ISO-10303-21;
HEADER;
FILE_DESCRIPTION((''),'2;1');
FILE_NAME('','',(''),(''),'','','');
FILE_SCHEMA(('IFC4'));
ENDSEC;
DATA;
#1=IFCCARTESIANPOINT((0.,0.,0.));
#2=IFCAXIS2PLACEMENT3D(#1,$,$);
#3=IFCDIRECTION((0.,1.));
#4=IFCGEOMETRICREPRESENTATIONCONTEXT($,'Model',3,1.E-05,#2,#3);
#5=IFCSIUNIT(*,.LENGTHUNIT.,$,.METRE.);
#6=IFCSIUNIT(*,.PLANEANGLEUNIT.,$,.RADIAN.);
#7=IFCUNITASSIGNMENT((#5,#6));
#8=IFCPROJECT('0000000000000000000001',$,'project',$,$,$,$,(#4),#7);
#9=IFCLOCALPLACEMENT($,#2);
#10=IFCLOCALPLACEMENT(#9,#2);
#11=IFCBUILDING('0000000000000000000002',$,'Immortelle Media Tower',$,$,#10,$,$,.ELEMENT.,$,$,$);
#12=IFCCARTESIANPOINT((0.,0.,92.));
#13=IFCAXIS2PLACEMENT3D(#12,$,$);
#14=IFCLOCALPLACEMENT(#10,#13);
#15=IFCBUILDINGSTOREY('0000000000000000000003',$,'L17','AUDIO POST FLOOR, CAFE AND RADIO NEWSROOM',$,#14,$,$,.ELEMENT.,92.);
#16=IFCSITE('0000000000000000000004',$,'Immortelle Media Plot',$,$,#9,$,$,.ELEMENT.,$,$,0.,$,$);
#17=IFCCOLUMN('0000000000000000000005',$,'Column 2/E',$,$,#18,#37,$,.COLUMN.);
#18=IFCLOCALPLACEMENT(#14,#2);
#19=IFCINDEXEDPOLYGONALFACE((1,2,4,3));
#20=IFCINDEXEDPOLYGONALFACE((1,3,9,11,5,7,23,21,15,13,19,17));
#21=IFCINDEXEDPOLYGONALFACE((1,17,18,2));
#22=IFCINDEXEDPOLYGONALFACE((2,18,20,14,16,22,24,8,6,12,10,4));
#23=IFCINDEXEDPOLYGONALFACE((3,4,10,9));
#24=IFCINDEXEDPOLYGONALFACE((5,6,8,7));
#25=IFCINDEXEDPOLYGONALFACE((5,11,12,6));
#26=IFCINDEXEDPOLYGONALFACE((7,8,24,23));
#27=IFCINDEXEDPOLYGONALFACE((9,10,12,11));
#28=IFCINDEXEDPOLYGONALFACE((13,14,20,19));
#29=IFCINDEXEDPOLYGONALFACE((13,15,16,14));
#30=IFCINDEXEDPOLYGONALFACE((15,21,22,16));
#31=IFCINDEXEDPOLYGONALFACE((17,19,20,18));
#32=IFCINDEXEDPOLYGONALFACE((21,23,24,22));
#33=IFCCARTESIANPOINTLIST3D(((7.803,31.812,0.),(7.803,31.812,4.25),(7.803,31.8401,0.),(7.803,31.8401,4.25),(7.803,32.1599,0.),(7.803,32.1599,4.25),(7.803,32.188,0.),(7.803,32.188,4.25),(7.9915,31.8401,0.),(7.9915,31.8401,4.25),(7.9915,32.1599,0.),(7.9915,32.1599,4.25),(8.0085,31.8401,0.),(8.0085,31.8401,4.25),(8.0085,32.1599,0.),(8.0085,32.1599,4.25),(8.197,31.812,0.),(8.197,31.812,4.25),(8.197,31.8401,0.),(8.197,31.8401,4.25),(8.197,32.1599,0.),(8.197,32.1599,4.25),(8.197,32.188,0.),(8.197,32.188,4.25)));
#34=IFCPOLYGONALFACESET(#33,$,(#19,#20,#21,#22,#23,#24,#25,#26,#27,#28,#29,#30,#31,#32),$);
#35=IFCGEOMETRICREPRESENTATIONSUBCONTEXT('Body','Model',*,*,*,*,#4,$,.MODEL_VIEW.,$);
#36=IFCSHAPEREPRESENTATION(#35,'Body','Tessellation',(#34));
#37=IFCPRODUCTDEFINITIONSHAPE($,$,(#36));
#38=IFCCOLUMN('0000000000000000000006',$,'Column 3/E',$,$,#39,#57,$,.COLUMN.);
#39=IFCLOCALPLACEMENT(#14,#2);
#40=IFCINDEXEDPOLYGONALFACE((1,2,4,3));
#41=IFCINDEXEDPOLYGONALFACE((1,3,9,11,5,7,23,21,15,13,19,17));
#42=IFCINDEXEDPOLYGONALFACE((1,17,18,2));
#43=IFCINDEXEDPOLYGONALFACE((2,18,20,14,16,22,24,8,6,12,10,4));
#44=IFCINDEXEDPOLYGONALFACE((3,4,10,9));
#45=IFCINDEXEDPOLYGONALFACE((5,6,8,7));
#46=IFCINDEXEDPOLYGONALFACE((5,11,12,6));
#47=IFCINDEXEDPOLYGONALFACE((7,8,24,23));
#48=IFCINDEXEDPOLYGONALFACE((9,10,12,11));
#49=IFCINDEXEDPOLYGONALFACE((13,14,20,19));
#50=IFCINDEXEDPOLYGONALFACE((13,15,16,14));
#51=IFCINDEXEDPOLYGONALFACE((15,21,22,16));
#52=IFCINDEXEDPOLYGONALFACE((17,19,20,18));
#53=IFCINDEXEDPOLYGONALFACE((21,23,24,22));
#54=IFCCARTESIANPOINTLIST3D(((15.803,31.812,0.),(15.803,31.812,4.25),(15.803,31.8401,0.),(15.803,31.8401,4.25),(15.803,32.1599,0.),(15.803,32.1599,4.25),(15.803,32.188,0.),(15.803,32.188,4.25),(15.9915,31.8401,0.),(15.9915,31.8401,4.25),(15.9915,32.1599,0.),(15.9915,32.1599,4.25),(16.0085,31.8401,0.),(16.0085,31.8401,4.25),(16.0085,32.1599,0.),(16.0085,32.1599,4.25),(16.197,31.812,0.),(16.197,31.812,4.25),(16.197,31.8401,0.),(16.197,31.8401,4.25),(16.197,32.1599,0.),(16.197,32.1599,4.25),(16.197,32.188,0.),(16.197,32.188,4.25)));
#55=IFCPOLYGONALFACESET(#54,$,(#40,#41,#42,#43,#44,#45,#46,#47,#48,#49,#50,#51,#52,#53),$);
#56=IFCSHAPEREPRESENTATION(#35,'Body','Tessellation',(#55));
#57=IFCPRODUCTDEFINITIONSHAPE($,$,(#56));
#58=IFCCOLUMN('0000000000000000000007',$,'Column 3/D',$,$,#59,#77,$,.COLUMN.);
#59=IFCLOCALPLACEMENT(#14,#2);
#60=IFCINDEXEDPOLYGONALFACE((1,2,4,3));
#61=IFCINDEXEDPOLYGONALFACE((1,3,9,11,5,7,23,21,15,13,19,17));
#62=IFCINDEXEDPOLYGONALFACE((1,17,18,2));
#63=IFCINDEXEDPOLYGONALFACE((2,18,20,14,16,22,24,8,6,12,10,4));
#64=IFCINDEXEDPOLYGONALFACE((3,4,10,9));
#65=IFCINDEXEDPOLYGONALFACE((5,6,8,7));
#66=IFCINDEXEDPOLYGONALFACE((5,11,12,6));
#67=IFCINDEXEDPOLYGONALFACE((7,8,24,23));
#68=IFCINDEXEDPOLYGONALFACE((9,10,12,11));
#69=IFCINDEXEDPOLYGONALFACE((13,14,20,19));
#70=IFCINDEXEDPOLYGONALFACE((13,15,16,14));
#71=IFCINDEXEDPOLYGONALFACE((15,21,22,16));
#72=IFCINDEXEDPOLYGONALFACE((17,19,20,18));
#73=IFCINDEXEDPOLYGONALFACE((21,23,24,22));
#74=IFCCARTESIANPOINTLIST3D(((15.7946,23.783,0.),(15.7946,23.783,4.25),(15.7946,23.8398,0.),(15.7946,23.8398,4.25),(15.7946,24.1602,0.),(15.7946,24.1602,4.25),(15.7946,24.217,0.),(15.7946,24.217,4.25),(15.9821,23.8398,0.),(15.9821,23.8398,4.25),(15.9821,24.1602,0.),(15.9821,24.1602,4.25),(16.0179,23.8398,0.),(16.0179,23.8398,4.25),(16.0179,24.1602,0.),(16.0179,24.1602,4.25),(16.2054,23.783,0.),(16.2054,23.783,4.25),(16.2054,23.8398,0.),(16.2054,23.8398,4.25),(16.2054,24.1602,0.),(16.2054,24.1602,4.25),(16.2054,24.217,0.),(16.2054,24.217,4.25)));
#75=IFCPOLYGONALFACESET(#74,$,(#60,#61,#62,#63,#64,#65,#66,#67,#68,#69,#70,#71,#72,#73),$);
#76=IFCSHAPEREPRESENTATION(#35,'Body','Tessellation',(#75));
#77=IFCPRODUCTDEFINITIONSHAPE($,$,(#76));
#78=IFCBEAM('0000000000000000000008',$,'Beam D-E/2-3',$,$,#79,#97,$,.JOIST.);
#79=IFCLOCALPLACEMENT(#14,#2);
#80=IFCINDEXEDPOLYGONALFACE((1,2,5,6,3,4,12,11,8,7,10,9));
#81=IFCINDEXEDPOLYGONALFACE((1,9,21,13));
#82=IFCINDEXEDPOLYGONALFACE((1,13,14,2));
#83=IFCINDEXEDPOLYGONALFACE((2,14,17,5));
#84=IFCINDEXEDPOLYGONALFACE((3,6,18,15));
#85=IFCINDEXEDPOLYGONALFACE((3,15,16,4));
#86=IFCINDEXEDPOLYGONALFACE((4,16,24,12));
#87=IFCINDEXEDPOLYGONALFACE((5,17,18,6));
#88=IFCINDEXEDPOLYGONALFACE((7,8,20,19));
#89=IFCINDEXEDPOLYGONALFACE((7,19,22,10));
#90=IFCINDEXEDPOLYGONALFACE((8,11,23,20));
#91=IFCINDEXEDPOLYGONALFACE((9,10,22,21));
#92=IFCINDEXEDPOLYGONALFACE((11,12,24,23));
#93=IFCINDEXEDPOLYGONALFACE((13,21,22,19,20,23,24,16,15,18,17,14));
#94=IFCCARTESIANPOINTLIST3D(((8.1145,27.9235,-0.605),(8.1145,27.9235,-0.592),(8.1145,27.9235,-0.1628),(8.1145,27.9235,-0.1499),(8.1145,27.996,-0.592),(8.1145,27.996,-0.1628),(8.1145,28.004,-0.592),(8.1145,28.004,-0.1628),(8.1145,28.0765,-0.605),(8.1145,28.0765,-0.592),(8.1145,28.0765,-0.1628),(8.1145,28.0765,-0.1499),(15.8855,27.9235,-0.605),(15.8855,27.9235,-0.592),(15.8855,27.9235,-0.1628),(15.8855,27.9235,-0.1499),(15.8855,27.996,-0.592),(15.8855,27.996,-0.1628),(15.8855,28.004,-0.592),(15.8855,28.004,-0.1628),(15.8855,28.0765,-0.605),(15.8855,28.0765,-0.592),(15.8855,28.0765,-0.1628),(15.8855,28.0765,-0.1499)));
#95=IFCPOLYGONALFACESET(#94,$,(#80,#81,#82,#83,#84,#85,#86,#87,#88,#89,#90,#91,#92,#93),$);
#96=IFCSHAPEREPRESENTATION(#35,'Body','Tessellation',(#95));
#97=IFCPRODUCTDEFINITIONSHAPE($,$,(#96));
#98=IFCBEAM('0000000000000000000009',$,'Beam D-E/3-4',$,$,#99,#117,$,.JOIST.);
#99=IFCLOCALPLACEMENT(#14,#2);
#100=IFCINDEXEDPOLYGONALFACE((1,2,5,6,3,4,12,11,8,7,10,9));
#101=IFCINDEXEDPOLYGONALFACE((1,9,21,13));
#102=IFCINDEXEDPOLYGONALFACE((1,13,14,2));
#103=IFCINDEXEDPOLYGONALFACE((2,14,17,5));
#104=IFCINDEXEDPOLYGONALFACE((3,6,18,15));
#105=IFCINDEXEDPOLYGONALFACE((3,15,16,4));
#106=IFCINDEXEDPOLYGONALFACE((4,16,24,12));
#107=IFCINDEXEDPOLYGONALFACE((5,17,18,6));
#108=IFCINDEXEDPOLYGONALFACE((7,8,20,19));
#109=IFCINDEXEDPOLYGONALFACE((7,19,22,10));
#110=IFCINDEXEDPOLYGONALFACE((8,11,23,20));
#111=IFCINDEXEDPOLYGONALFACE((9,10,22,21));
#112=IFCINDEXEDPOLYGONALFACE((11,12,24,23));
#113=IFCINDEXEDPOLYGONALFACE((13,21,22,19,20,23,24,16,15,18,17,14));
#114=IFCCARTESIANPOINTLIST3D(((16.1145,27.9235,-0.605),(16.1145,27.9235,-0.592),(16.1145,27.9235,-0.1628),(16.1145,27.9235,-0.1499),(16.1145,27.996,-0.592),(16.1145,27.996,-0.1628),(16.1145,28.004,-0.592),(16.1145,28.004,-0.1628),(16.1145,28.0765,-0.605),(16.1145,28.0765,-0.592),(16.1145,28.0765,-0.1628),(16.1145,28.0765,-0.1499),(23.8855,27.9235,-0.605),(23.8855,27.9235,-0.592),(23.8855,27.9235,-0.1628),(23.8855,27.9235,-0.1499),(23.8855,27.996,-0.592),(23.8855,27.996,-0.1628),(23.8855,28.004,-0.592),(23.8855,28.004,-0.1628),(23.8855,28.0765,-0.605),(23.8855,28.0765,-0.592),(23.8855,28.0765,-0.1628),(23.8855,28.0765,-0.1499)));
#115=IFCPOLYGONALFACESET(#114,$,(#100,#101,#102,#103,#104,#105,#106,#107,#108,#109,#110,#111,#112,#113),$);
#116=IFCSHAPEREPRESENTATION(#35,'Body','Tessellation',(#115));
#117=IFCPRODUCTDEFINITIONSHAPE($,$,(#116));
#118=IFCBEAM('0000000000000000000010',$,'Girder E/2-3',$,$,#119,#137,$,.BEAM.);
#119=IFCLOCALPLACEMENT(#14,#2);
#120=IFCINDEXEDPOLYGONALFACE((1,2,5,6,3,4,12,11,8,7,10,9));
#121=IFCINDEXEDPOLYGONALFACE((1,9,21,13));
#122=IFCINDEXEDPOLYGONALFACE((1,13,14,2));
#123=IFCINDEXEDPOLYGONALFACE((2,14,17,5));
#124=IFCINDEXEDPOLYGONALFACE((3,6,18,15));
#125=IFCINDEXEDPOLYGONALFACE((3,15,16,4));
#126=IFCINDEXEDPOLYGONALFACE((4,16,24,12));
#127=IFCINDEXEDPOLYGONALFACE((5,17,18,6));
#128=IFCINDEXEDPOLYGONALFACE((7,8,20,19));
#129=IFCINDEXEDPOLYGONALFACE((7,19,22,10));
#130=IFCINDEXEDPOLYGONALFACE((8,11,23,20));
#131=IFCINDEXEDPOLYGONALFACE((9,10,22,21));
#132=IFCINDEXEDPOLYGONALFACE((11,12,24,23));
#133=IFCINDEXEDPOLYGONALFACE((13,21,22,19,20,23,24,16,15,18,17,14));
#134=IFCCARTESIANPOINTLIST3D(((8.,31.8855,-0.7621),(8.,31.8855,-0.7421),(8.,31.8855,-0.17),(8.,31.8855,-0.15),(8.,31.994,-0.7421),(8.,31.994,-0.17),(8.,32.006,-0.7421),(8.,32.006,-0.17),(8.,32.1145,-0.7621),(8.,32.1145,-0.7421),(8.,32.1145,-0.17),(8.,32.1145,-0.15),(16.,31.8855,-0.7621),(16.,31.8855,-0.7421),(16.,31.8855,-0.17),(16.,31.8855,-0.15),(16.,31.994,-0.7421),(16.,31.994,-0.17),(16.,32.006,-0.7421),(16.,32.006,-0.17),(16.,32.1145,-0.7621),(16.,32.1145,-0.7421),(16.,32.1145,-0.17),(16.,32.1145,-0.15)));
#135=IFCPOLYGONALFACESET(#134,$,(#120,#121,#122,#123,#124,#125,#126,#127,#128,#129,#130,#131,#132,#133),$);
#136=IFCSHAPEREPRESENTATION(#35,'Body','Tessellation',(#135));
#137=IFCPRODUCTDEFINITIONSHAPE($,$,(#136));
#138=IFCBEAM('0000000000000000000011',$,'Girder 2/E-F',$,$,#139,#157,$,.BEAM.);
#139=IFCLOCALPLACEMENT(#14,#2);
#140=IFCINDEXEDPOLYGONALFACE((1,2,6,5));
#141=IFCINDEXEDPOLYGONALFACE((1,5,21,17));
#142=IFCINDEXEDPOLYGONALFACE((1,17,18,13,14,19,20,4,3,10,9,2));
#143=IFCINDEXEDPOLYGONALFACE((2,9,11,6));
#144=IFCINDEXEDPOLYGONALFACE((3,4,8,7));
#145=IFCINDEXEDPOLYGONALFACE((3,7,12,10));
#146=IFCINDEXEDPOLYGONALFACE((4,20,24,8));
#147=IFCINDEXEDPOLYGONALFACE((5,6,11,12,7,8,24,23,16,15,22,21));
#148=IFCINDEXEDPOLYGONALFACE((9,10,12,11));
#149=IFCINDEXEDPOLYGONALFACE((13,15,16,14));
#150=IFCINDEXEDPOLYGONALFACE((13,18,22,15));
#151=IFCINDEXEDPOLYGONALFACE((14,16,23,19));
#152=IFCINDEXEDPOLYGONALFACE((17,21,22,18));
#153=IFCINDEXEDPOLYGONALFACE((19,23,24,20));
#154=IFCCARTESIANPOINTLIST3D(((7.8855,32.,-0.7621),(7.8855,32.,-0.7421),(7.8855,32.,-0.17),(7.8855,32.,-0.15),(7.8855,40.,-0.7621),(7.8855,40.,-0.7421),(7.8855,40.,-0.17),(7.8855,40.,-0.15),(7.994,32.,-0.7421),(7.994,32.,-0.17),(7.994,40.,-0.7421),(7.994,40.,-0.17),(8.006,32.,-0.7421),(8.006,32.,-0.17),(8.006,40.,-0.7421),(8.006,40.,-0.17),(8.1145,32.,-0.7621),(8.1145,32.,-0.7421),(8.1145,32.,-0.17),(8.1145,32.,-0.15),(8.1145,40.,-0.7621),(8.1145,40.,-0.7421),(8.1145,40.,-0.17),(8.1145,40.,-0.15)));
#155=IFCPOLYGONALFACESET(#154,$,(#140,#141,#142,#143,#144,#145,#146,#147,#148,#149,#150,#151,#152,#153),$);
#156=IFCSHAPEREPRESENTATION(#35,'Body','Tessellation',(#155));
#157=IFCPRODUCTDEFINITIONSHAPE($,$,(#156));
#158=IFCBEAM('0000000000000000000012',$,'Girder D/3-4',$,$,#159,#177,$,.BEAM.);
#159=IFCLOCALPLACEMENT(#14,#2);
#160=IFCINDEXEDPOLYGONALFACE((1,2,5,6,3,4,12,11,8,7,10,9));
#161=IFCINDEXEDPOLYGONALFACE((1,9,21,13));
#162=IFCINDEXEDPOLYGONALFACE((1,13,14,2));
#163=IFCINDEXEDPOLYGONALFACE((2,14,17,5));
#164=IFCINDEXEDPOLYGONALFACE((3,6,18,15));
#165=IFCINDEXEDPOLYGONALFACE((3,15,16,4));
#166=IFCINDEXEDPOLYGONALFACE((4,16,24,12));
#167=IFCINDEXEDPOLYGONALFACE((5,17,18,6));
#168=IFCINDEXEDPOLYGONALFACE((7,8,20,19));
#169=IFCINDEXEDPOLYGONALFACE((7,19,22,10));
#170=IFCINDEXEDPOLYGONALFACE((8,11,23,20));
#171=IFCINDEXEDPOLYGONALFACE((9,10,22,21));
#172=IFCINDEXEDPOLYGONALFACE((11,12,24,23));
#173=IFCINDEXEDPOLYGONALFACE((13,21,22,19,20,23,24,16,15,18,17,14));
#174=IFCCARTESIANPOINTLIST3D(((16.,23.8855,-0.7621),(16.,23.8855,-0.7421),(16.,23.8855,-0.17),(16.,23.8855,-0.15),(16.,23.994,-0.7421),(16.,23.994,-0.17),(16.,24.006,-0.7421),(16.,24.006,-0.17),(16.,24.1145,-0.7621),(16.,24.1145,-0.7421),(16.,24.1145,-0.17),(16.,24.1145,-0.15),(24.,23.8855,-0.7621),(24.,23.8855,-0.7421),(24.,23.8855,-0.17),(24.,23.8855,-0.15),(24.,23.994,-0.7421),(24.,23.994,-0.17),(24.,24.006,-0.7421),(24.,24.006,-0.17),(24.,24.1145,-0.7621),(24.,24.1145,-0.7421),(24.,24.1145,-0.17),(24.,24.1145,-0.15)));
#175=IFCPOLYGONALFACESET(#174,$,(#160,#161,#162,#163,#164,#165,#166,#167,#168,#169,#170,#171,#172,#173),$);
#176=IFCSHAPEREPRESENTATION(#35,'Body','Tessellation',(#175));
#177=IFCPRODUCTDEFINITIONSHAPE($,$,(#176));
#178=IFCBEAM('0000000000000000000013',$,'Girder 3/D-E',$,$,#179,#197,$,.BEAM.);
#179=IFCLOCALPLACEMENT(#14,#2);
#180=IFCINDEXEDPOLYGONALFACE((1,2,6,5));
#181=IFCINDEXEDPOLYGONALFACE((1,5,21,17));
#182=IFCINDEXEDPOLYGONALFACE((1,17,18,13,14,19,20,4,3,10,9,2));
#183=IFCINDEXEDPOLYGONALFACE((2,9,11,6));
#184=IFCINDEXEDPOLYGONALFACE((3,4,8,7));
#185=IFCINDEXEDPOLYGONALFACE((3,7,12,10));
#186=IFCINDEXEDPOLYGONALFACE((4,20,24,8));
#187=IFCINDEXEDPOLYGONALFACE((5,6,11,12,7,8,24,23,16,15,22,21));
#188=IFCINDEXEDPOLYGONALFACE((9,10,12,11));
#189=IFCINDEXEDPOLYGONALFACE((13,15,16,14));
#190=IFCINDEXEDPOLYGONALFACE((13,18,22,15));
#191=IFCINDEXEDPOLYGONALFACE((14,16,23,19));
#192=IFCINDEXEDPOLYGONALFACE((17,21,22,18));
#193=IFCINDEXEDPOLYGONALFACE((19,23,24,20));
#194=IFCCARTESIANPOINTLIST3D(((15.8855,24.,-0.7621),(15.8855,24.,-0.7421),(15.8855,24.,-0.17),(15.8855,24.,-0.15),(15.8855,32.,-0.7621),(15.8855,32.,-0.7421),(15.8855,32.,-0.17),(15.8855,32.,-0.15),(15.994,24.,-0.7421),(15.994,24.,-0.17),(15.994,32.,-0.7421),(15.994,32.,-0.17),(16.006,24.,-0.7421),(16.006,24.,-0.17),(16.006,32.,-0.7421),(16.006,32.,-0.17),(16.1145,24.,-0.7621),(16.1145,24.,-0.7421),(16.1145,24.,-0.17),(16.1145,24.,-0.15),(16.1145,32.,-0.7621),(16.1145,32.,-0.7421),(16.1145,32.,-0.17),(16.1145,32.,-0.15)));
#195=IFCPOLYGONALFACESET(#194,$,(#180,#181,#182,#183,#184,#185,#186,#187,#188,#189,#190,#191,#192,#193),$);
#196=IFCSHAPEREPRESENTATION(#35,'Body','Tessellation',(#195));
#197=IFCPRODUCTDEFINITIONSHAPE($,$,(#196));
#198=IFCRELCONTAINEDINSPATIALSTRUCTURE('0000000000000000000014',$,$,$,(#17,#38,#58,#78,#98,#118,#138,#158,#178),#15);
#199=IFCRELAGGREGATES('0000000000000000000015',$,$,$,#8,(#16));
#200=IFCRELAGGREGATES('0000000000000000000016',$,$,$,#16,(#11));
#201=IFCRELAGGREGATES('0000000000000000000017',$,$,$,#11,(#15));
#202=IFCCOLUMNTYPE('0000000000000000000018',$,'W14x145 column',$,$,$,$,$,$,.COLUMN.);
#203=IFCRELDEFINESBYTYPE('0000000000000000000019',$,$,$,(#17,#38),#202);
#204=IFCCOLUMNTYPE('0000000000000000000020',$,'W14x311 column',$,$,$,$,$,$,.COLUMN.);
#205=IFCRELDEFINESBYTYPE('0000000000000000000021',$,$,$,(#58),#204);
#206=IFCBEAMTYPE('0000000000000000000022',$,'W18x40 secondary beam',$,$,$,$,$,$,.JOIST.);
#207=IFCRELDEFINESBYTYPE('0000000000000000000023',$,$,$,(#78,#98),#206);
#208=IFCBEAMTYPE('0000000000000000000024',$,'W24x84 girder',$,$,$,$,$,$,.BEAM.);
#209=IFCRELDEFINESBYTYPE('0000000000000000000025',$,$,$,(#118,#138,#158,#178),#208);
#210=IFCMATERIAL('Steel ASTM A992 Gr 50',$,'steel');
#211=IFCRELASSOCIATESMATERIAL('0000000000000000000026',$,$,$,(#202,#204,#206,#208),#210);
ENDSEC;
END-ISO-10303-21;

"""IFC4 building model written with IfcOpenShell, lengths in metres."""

from ifc_helpers import new_model, si_unit, direction, frame, origin, origin_2d, place, context, subcontext, project, spatial, i_section, extrude, material, material_profile, profile_set, type_object, element, save


model = new_model("IFC4")

# Units and contexts
model_context = context("Model", 3, precision=1e-05, world=origin(), true_north=direction((0.0, 1.0)))
body_context = subcontext(model_context, "Body", "Model", "MODEL_VIEW")
ifc_project = project(units=[si_unit("LENGTHUNIT", "METRE"), si_unit("PLANEANGLEUNIT", "RADIAN")], contexts=[model_context])

# Site, building, storey
site_placement = place(None, origin())
site = spatial("IfcSite", under=ifc_project, at=site_placement, Name="Immortelle Media Plot", CompositionType="ELEMENT", RefElevation=0.0)
building_placement = place(site_placement, origin())
building = spatial("IfcBuilding", under=site, at=building_placement, Name="Immortelle Media Tower", CompositionType="ELEMENT")
storey_placement = place(building_placement, frame((0.0, 0.0, 92.0)))
storey = spatial("IfcBuildingStorey", under=building, at=storey_placement, Name="L17", Description="AUDIO POST FLOOR, CAFE AND RADIO NEWSROOM", CompositionType="ELEMENT", Elevation=92.0)

# Columns
ifc_material_1 = material(Name="Steel ASTM A992 Gr 50", Category="steel")
ifc_material_profile_1 = material_profile(ifc_material_1, i_section(OverallWidth=0.394, OverallDepth=0.376, WebThickness=0.0171, FlangeThickness=0.0281, at=origin_2d()), Name="W14x145")
ifc_profile_set_1 = profile_set([ifc_material_profile_1], Name="Steel ASTM A992 Gr 50")
column_type_1 = type_object("IfcColumnType", Name="W14x145 column", PredefinedType="COLUMN", material=ifc_profile_set_1)
for number, where, z_axis, x_axis, name in (
    (1, (8.0, 32.0, 0.0), (0.0, 0.0, 1.0), (1.0, 0.0, 0.0), "Column 2/E"),
    (2, (16.0, 32.0, 0.0), (0.0, 0.0, 1.0), (1.0, 0.0, 0.0), "Column 3/E"),
):
    element("IfcColumn", number, at=place(storey_placement, frame(where, z_axis=z_axis, x_axis=x_axis)), inside=storey, type_object=column_type_1, Name=name, PredefinedType="COLUMN", context=body_context, shape_type="SweptSolid", body=[
        extrude(i_section(OverallWidth=0.394, OverallDepth=0.376, WebThickness=0.0171, FlangeThickness=0.0281, at=origin_2d()), origin(), (0.0, 0.0, 1.0), 4.25),
    ])
ifc_material_profile_2 = material_profile(ifc_material_1, i_section(OverallWidth=0.4109, OverallDepth=0.4341, WebThickness=0.0359, FlangeThickness=0.0569, at=origin_2d()), Name="W14x311")
ifc_profile_set_2 = profile_set([ifc_material_profile_2], Name="Steel ASTM A992 Gr 50")
column_type_2 = type_object("IfcColumnType", Name="W14x311 column", PredefinedType="COLUMN", material=ifc_profile_set_2)
column_placement = place(storey_placement, frame((16.0, 24.0, 0.0), z_axis=(0.0, 0.0, 1.0), x_axis=(1.0, 0.0, 0.0)))
element("IfcColumn", 3, at=column_placement, inside=storey, type_object=column_type_2, Name="Column 3/D", PredefinedType="COLUMN", context=body_context, shape_type="SweptSolid", body=[
    extrude(i_section(OverallWidth=0.4109, OverallDepth=0.4341, WebThickness=0.0359, FlangeThickness=0.0569, at=origin_2d()), origin(), (0.0, 0.0, 1.0), 4.25),
])

# Beams
ifc_material_profile_3 = material_profile(ifc_material_1, i_section(OverallWidth=0.1531, OverallDepth=0.4551, WebThickness=0.0081, FlangeThickness=0.0129, at=origin_2d()), Name="W18x40")
ifc_profile_set_3 = profile_set([ifc_material_profile_3], Name="Steel ASTM A992 Gr 50")
beam_type_1 = type_object("IfcBeamType", Name="W18x40 secondary beam", PredefinedType="JOIST", material=ifc_profile_set_3)
for number, where, z_axis, x_axis, name in (
    (4, (8.1145, 28.0, -0.3774), (1.0, 0.0, 0.0), (0.0, 1.0, 0.0), "Beam D-E/2-3"),
    (5, (16.1145, 28.0, -0.3774), (1.0, 0.0, 0.0), (0.0, 1.0, 0.0), "Beam D-E/3-4"),
):
    element("IfcBeam", number, at=place(storey_placement, frame(where, z_axis=z_axis, x_axis=x_axis)), inside=storey, type_object=beam_type_1, Name=name, PredefinedType="JOIST", context=body_context, shape_type="SweptSolid", body=[
        extrude(i_section(OverallWidth=0.1531, OverallDepth=0.4551, WebThickness=0.0081, FlangeThickness=0.0129, at=origin_2d()), origin(), (0.0, 0.0, 1.0), 7.771),
    ])
ifc_material_profile_4 = material_profile(ifc_material_1, i_section(OverallWidth=0.229, OverallDepth=0.6121, WebThickness=0.012, FlangeThickness=0.02, at=origin_2d()), Name="W24x84")
ifc_profile_set_4 = profile_set([ifc_material_profile_4], Name="Steel ASTM A992 Gr 50")
beam_type_2 = type_object("IfcBeamType", Name="W24x84 girder", PredefinedType="BEAM", material=ifc_profile_set_4)
for number, where, z_axis, x_axis, name in (
    (6, (8.0, 32.0, -0.4561), (1.0, 0.0, 0.0), (0.0, 1.0, 0.0), "Girder E/2-3"),
    (7, (8.0, 32.0, -0.4561), (0.0, 1.0, 0.0), (-1.0, 0.0, 0.0), "Girder 2/E-F"),
    (8, (16.0, 24.0, -0.4561), (1.0, 0.0, 0.0), (0.0, 1.0, 0.0), "Girder D/3-4"),
    (9, (16.0, 24.0, -0.4561), (0.0, 1.0, 0.0), (-1.0, 0.0, 0.0), "Girder 3/D-E"),
):
    element("IfcBeam", number, at=place(storey_placement, frame(where, z_axis=z_axis, x_axis=x_axis)), inside=storey, type_object=beam_type_2, Name=name, PredefinedType="BEAM", context=body_context, shape_type="SweptSolid", body=[
        extrude(i_section(OverallWidth=0.229, OverallDepth=0.6121, WebThickness=0.012, FlangeThickness=0.02, at=origin_2d()), origin(), (0.0, 0.0, 1.0), 8.0),
    ])

save(model, "model.ifc")
